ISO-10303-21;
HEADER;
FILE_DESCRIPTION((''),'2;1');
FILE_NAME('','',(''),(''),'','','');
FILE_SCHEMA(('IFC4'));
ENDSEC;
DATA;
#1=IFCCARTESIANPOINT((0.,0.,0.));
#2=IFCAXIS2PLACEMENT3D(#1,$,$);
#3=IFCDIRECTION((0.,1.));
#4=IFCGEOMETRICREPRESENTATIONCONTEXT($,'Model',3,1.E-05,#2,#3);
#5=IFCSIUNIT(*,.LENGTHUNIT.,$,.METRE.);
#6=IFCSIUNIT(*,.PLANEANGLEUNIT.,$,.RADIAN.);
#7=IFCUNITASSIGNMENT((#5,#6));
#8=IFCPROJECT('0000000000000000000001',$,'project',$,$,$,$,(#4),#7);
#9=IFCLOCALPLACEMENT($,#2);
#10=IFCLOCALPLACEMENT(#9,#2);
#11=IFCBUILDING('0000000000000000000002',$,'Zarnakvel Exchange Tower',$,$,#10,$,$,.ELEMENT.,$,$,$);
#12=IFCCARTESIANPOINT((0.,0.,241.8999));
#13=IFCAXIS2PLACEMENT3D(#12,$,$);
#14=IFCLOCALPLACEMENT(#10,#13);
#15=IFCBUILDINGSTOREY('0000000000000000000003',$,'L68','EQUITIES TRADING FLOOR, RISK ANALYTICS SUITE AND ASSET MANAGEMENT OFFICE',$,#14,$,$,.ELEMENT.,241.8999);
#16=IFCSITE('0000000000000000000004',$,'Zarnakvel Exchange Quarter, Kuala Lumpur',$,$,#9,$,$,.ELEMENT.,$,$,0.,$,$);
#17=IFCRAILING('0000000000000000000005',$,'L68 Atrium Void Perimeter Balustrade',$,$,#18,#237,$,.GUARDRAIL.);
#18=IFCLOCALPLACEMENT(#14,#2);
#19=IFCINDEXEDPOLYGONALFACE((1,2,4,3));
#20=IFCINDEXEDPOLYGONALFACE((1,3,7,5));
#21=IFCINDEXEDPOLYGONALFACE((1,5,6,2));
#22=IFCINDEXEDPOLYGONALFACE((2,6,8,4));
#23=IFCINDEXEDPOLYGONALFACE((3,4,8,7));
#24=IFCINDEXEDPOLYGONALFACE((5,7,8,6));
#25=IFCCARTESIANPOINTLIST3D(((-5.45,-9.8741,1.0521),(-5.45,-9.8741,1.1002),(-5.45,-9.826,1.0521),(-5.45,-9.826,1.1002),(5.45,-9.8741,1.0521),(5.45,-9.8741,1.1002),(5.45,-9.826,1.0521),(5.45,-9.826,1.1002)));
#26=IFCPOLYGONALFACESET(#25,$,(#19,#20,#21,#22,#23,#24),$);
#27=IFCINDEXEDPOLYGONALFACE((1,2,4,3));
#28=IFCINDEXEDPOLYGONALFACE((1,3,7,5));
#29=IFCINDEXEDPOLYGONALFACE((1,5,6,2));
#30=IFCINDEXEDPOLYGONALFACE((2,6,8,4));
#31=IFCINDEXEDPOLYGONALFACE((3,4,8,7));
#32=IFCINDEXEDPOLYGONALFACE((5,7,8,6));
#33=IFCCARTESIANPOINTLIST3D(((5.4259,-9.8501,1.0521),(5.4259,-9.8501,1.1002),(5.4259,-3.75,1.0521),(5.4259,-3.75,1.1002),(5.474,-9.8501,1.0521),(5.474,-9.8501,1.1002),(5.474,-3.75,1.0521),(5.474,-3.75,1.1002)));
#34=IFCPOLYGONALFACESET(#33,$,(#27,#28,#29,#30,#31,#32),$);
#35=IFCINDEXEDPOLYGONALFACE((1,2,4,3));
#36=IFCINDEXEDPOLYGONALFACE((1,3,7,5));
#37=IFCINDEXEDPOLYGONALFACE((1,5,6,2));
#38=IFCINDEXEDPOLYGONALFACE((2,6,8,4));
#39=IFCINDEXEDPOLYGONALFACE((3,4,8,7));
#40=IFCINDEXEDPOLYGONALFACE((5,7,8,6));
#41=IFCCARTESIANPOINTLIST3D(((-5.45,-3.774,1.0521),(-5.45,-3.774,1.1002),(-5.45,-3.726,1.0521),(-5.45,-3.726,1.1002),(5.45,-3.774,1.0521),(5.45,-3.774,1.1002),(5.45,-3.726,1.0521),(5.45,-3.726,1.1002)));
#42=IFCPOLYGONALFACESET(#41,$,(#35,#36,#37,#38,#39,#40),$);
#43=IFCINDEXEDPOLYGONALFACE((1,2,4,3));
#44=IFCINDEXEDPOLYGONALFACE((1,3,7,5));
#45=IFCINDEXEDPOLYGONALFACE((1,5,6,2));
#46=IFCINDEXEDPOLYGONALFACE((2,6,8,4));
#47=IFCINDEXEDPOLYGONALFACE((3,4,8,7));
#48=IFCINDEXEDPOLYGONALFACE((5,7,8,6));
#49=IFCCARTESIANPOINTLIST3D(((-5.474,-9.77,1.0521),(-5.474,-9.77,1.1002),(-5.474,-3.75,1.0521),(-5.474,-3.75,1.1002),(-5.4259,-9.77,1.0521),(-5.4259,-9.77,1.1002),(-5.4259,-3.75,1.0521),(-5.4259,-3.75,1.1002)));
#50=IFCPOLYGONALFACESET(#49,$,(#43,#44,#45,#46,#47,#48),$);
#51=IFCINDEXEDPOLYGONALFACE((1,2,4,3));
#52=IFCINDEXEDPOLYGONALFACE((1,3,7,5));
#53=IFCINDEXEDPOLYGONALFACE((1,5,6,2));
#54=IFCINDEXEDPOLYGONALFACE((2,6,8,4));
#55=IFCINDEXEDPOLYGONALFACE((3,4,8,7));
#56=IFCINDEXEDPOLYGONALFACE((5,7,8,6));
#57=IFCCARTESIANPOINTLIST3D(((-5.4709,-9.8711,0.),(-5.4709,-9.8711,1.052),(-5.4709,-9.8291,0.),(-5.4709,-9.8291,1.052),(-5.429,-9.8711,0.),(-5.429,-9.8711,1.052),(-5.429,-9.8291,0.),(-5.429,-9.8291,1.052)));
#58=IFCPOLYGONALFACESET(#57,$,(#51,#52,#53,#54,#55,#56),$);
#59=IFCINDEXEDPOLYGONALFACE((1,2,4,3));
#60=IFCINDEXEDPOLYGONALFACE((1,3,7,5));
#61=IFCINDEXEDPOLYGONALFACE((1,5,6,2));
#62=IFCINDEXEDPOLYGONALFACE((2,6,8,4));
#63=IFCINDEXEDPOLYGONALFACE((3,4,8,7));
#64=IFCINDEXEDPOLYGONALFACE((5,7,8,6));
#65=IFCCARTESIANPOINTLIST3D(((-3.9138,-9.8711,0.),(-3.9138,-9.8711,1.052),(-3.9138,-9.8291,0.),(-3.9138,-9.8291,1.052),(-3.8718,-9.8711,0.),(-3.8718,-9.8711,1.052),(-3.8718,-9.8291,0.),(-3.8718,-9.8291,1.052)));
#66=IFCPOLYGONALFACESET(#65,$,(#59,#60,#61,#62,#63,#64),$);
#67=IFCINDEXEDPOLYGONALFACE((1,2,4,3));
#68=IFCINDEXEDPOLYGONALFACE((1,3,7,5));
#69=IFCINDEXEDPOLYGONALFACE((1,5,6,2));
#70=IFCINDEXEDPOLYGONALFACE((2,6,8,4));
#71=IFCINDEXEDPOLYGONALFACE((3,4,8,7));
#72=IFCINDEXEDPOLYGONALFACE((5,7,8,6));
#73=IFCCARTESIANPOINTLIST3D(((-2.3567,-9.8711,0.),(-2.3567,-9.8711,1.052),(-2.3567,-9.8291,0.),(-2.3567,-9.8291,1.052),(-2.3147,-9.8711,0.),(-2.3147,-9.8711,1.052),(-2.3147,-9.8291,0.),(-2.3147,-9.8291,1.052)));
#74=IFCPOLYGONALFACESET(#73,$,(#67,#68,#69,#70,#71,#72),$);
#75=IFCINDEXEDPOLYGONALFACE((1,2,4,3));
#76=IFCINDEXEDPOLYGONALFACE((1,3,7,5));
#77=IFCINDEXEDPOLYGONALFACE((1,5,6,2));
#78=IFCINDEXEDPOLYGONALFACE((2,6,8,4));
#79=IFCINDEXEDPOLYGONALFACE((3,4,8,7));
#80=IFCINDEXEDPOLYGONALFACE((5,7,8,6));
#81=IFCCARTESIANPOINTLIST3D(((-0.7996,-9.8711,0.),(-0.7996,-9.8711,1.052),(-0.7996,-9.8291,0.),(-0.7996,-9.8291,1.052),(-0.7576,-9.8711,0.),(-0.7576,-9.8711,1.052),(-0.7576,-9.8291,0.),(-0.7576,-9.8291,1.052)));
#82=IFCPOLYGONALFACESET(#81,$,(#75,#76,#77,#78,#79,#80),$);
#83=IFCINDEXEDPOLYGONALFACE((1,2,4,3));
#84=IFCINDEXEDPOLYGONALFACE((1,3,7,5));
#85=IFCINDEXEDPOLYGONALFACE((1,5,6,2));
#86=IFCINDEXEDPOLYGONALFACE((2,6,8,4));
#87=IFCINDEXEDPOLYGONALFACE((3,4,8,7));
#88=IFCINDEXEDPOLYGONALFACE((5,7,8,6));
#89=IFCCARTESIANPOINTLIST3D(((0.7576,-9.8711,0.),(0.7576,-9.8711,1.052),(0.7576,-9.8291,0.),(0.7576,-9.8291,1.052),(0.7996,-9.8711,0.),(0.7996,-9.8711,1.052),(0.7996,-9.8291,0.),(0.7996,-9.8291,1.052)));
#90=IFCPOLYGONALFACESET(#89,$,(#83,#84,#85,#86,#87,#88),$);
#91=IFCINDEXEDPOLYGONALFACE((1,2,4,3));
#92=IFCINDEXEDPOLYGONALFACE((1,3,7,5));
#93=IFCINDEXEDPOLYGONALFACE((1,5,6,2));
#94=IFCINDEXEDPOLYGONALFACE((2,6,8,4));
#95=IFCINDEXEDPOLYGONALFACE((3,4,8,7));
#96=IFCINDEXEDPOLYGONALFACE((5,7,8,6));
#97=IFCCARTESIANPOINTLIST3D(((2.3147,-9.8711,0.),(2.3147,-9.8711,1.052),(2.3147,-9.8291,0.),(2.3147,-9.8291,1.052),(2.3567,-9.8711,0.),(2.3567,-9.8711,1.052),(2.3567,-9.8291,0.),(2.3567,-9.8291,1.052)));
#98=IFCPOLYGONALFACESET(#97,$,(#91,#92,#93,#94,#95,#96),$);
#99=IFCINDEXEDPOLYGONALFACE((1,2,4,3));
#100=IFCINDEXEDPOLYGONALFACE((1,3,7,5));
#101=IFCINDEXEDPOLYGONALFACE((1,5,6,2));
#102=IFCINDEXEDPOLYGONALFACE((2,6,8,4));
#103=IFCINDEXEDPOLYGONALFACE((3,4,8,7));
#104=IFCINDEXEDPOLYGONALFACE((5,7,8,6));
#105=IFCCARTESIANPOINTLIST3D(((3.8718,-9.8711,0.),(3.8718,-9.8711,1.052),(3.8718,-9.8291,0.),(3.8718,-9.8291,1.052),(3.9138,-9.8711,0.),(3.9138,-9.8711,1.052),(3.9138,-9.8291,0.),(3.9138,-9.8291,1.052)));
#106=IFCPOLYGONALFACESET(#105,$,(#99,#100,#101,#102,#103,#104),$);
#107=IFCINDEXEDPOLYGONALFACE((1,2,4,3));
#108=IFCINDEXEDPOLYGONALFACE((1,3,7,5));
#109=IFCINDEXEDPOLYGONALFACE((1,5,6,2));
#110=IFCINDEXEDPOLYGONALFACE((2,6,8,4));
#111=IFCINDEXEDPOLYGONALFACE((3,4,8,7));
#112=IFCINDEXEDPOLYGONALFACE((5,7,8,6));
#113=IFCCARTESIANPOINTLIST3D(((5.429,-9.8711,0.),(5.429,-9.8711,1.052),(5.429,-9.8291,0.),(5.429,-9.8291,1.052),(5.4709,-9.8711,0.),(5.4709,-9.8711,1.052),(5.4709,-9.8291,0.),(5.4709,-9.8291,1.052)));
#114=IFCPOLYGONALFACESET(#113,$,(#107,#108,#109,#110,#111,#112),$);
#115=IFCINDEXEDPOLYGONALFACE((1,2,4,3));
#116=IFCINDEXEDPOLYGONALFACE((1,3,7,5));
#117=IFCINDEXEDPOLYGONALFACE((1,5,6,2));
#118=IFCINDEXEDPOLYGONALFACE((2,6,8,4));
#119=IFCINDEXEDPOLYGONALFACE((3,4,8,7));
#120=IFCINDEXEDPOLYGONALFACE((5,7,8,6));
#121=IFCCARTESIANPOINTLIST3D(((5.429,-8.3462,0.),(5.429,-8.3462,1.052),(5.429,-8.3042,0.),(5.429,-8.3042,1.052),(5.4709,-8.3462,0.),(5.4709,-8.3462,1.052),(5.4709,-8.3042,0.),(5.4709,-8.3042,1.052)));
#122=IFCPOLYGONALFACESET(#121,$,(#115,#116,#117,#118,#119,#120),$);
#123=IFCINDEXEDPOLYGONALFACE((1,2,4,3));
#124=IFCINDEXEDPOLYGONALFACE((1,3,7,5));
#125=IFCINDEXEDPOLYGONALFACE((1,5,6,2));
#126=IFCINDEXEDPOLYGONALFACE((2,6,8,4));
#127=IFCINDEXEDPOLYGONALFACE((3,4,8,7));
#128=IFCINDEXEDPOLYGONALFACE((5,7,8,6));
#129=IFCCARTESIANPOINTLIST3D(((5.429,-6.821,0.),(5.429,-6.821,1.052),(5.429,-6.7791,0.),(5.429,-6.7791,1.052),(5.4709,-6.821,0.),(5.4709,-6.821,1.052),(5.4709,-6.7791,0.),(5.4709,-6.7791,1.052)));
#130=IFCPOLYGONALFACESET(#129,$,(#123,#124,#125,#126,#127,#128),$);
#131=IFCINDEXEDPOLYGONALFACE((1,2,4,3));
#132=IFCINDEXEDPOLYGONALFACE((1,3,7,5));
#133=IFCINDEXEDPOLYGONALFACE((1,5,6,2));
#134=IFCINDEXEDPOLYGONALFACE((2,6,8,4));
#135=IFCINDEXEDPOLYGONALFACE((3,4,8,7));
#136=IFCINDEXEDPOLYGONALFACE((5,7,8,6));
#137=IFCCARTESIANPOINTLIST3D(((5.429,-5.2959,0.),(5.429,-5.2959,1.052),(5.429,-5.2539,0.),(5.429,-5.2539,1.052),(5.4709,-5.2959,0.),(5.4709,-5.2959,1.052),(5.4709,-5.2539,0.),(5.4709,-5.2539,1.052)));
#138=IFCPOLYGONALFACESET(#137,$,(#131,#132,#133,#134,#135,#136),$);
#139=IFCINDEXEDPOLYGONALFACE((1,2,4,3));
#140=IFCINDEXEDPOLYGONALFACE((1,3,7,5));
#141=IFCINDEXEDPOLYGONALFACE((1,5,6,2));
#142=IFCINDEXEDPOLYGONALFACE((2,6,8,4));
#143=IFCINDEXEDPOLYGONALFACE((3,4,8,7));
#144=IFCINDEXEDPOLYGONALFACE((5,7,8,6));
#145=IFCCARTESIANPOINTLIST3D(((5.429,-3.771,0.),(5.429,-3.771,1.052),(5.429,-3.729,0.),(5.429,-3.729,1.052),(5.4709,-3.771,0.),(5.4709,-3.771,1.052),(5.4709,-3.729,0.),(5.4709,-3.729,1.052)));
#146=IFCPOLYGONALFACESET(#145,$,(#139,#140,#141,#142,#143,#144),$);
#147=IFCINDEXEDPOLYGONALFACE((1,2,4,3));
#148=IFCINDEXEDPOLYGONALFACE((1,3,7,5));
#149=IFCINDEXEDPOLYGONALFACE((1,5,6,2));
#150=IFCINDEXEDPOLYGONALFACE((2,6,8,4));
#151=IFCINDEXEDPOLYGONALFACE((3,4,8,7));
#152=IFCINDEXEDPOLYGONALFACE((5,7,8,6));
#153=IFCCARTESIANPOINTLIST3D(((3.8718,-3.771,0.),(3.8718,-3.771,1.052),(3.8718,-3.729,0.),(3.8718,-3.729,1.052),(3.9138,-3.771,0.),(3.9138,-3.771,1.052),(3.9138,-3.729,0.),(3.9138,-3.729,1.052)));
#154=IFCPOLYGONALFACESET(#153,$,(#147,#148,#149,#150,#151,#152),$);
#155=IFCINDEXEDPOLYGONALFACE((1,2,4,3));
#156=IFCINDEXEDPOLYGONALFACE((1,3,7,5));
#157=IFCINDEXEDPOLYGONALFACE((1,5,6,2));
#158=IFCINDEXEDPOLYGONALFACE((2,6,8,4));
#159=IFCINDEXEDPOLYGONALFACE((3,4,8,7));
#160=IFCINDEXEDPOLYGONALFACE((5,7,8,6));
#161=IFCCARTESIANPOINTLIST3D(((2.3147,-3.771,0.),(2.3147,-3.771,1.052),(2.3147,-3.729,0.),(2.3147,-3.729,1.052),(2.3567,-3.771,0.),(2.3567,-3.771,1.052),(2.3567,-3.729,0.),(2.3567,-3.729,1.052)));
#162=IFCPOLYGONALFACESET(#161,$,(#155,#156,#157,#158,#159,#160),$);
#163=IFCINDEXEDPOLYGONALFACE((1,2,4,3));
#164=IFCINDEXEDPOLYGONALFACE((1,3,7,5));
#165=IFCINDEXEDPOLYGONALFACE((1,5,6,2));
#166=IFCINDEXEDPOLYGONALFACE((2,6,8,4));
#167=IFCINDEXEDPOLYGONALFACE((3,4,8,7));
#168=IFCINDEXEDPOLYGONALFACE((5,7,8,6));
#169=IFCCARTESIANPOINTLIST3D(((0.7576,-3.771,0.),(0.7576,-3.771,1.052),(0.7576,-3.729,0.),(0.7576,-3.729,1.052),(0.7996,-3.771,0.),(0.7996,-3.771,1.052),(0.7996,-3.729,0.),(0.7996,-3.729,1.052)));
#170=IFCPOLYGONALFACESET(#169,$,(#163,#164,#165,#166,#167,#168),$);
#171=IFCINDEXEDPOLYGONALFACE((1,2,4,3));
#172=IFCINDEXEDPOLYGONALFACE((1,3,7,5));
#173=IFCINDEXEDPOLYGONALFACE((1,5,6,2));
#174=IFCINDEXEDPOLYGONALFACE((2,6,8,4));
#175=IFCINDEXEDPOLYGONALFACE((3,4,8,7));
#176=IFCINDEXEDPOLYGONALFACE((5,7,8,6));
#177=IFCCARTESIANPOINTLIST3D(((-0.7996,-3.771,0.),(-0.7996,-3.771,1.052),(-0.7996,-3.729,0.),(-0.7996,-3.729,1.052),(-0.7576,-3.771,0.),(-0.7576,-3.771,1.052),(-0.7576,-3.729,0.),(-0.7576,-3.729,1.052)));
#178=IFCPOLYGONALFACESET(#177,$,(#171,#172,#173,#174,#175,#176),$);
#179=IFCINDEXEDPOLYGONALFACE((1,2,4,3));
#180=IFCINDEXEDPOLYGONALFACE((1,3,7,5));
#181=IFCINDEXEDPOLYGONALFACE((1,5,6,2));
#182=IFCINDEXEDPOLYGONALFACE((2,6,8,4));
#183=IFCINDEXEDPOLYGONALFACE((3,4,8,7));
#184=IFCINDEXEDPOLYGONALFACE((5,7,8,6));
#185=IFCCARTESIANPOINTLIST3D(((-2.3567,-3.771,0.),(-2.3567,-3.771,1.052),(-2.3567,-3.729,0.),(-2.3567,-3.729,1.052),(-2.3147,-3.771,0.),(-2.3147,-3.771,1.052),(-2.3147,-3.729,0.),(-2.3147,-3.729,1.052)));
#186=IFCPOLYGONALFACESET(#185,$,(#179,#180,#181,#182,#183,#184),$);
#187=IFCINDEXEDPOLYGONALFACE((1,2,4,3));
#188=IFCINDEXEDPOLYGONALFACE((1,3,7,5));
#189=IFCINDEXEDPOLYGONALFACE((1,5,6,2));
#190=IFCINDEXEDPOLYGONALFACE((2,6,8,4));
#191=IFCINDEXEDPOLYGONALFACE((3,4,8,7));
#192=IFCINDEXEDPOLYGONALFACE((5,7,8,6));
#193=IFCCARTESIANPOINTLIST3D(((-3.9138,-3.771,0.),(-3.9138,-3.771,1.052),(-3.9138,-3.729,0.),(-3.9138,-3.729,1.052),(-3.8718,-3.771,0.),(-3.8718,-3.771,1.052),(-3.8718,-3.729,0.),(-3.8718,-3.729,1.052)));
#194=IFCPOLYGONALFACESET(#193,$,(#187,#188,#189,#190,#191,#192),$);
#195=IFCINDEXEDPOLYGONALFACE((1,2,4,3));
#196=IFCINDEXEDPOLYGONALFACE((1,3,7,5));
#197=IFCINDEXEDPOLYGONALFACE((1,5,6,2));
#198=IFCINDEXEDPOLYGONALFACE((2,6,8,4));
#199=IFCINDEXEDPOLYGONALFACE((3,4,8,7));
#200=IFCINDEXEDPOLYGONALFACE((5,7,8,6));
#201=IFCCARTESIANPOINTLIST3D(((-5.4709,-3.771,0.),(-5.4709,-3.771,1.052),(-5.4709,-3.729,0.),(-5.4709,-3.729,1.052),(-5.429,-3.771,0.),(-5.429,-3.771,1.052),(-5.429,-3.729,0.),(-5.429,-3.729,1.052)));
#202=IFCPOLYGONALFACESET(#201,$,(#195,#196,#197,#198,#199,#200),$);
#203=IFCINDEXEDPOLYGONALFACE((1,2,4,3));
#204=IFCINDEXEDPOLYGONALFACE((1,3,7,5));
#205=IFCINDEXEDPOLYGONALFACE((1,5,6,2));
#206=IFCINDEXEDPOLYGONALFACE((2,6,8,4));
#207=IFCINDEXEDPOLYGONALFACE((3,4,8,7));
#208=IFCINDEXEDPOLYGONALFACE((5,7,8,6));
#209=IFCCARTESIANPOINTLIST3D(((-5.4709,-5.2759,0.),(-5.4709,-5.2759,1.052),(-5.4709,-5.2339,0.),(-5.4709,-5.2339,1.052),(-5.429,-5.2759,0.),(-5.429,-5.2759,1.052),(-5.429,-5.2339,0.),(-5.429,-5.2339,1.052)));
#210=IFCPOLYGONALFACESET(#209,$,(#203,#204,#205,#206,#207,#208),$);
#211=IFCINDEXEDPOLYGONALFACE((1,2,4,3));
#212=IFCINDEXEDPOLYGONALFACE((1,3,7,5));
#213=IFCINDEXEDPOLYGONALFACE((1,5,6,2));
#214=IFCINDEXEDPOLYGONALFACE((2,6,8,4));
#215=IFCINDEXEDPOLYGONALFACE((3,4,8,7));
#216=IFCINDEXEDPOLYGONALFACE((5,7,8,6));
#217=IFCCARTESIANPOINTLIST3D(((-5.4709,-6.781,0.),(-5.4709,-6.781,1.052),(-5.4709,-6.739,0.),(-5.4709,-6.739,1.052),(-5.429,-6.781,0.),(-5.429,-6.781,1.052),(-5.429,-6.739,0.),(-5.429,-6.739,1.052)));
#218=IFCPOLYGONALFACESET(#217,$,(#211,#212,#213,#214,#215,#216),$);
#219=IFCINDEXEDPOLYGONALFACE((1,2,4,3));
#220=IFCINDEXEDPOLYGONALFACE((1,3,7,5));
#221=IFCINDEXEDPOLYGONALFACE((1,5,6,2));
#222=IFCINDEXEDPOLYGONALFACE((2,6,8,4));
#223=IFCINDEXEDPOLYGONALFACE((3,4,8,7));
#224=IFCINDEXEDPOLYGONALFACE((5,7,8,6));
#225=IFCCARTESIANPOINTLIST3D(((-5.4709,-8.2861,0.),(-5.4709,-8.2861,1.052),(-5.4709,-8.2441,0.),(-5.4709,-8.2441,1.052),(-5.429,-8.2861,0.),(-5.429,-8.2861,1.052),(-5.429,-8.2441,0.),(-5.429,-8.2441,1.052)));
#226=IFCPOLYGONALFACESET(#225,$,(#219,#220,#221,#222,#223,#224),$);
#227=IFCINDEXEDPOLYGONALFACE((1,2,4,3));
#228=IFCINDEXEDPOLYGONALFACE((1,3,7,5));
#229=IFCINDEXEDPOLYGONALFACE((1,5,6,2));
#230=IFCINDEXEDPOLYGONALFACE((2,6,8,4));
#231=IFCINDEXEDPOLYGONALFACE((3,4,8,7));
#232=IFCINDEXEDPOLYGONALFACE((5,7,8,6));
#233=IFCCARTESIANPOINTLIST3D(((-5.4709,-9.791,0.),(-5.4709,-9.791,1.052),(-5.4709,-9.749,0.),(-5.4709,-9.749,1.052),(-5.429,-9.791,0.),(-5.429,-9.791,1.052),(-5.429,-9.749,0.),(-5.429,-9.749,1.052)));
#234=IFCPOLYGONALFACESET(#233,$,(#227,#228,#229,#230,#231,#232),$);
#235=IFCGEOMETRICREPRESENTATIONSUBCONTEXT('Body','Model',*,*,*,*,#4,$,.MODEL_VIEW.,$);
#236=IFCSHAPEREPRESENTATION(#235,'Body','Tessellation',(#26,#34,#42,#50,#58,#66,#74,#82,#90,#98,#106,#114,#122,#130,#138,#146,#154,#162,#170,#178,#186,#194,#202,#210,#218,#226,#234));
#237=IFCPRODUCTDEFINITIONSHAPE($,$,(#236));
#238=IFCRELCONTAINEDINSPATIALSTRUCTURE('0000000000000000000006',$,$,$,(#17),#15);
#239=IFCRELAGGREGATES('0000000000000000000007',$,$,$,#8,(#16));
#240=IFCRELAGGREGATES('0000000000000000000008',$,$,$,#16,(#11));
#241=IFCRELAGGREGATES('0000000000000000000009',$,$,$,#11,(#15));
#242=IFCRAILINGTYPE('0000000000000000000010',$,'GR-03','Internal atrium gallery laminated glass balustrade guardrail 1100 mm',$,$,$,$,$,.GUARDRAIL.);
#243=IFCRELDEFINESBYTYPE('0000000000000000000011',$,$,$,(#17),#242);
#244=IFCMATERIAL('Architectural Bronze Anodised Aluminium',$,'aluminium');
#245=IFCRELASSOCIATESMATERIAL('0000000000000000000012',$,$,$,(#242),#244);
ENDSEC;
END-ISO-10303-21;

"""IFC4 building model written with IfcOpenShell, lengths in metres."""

from ifc_helpers import new_model, si_unit, direction, frame, origin, origin_2d, place, context, subcontext, project, spatial, rectangle, extrude, material, type_object, element, save


model = new_model("IFC4")

# Units and contexts
model_context = context("Model", 3, precision=1e-05, world=origin(), true_north=direction((0.0, 1.0)))
body_context = subcontext(model_context, "Body", "Model", "MODEL_VIEW")
ifc_project = project(units=[si_unit("LENGTHUNIT", "METRE"), si_unit("PLANEANGLEUNIT", "RADIAN")], contexts=[model_context])

# Site, building, storey
site_placement = place(None, origin())
site = spatial("IfcSite", under=ifc_project, at=site_placement, Name="Zarnakvel Exchange Quarter, Kuala Lumpur", CompositionType="ELEMENT", RefElevation=0.0)
building_placement = place(site_placement, origin())
building = spatial("IfcBuilding", under=site, at=building_placement, Name="Zarnakvel Exchange Tower", CompositionType="ELEMENT")
storey_placement = place(building_placement, frame((0.0, 0.0, 241.8999)))
storey = spatial("IfcBuildingStorey", under=building, at=storey_placement, Name="L68", Description="EQUITIES TRADING FLOOR, RISK ANALYTICS SUITE AND ASSET MANAGEMENT OFFICE", CompositionType="ELEMENT", Elevation=241.8999)

# Railing
ifc_material_1 = material(Name="Architectural Bronze Anodised Aluminium", Category="aluminium")
railing_type_1 = type_object("IfcRailingType", Name="GR-03", Description="Internal atrium gallery laminated glass balustrade guardrail 1100 mm", PredefinedType="GUARDRAIL", material=ifc_material_1)
railing_1_placement = place(storey_placement, frame((-5.45, -9.8501, 0.0)))
element("IfcRailing", 1, at=railing_1_placement, inside=storey, type_object=railing_type_1, Name="L68 Atrium Void Perimeter Balustrade", PredefinedType="GUARDRAIL", context=body_context, shape_type="SweptSolid", body=[
    extrude(rectangle(XDim=0.0481, YDim=0.0481, at=origin_2d()), frame((0.0, 0.0, 1.0762), z_axis=(1.0, 0.0, 0.0), x_axis=(0.0, 1.0, 0.0)), (0.0, 0.0, 1.0), 10.8999),
    extrude(rectangle(XDim=0.0481, YDim=0.0481, at=origin_2d()), frame((10.8999, 0.0, 1.0762), z_axis=(0.0, 1.0, 0.0), x_axis=(-1.0, 0.0, 0.0)), (0.0, 0.0, 1.0), 6.1001),
    extrude(rectangle(XDim=0.0481, YDim=0.0481, at=origin_2d()), frame((10.8999, 6.1001, 1.0762), z_axis=(-1.0, 0.0, 0.0), x_axis=(0.0, -1.0, 0.0)), (0.0, 0.0, 1.0), 10.8999),
    extrude(rectangle(XDim=0.0481, YDim=0.0481, at=origin_2d()), frame((0.0, 6.1001, 1.0762), z_axis=(0.0, -1.0, 0.0), x_axis=(1.0, 0.0, 0.0)), (0.0, 0.0, 1.0), 6.02),
    extrude(rectangle(XDim=0.042, YDim=0.042, at=origin_2d()), origin(), (0.0, 0.0, 1.0), 1.052),
    extrude(rectangle(XDim=0.042, YDim=0.042, at=origin_2d()), frame((1.5571, 0.0, 0.0)), (0.0, 0.0, 1.0), 1.052),
    extrude(rectangle(XDim=0.042, YDim=0.042, at=origin_2d()), frame((3.1143, 0.0, 0.0)), (0.0, 0.0, 1.0), 1.052),
    extrude(rectangle(XDim=0.042, YDim=0.042, at=origin_2d()), frame((4.6714, 0.0, 0.0)), (0.0, 0.0, 1.0), 1.052),
    extrude(rectangle(XDim=0.042, YDim=0.042, at=origin_2d()), frame((6.2285, 0.0, 0.0)), (0.0, 0.0, 1.0), 1.052),
    extrude(rectangle(XDim=0.042, YDim=0.042, at=origin_2d()), frame((7.7856, 0.0, 0.0)), (0.0, 0.0, 1.0), 1.052),
    extrude(rectangle(XDim=0.042, YDim=0.042, at=origin_2d()), frame((9.3428, 0.0, 0.0)), (0.0, 0.0, 1.0), 1.052),
    extrude(rectangle(XDim=0.042, YDim=0.042, at=origin_2d()), frame((10.8999, 0.0, 0.0)), (0.0, 0.0, 1.0), 1.052),
    extrude(rectangle(XDim=0.042, YDim=0.042, at=origin_2d()), frame((10.8999, 1.5249, 0.0)), (0.0, 0.0, 1.0), 1.052),
    extrude(rectangle(XDim=0.042, YDim=0.042, at=origin_2d()), frame((10.8999, 3.05, 0.0)), (0.0, 0.0, 1.0), 1.052),
    extrude(rectangle(XDim=0.042, YDim=0.042, at=origin_2d()), frame((10.8999, 4.5752, 0.0)), (0.0, 0.0, 1.0), 1.052),
    extrude(rectangle(XDim=0.042, YDim=0.042, at=origin_2d()), frame((10.8999, 6.1001, 0.0)), (0.0, 0.0, 1.0), 1.052),
    extrude(rectangle(XDim=0.042, YDim=0.042, at=origin_2d()), frame((9.3428, 6.1001, 0.0)), (0.0, 0.0, 1.0), 1.052),
    extrude(rectangle(XDim=0.042, YDim=0.042, at=origin_2d()), frame((7.7856, 6.1001, 0.0)), (0.0, 0.0, 1.0), 1.052),
    extrude(rectangle(XDim=0.042, YDim=0.042, at=origin_2d()), frame((6.2285, 6.1001, 0.0)), (0.0, 0.0, 1.0), 1.052),
    extrude(rectangle(XDim=0.042, YDim=0.042, at=origin_2d()), frame((4.6714, 6.1001, 0.0)), (0.0, 0.0, 1.0), 1.052),
    extrude(rectangle(XDim=0.042, YDim=0.042, at=origin_2d()), frame((3.1143, 6.1001, 0.0)), (0.0, 0.0, 1.0), 1.052),
    extrude(rectangle(XDim=0.042, YDim=0.042, at=origin_2d()), frame((1.5571, 6.1001, 0.0)), (0.0, 0.0, 1.0), 1.052),
    extrude(rectangle(XDim=0.042, YDim=0.042, at=origin_2d()), frame((0.0, 6.1001, 0.0)), (0.0, 0.0, 1.0), 1.052),
    extrude(rectangle(XDim=0.042, YDim=0.042, at=origin_2d()), frame((0.0, 4.5952, 0.0)), (0.0, 0.0, 1.0), 1.052),
    extrude(rectangle(XDim=0.042, YDim=0.042, at=origin_2d()), frame((0.0, 3.0901, 0.0)), (0.0, 0.0, 1.0), 1.052),
    extrude(rectangle(XDim=0.042, YDim=0.042, at=origin_2d()), frame((0.0, 1.585, 0.0)), (0.0, 0.0, 1.0), 1.052),
    extrude(rectangle(XDim=0.042, YDim=0.042, at=origin_2d()), frame((0.0, 0.0801, 0.0)), (0.0, 0.0, 1.0), 1.052),
])

save(model, "model.ifc")
